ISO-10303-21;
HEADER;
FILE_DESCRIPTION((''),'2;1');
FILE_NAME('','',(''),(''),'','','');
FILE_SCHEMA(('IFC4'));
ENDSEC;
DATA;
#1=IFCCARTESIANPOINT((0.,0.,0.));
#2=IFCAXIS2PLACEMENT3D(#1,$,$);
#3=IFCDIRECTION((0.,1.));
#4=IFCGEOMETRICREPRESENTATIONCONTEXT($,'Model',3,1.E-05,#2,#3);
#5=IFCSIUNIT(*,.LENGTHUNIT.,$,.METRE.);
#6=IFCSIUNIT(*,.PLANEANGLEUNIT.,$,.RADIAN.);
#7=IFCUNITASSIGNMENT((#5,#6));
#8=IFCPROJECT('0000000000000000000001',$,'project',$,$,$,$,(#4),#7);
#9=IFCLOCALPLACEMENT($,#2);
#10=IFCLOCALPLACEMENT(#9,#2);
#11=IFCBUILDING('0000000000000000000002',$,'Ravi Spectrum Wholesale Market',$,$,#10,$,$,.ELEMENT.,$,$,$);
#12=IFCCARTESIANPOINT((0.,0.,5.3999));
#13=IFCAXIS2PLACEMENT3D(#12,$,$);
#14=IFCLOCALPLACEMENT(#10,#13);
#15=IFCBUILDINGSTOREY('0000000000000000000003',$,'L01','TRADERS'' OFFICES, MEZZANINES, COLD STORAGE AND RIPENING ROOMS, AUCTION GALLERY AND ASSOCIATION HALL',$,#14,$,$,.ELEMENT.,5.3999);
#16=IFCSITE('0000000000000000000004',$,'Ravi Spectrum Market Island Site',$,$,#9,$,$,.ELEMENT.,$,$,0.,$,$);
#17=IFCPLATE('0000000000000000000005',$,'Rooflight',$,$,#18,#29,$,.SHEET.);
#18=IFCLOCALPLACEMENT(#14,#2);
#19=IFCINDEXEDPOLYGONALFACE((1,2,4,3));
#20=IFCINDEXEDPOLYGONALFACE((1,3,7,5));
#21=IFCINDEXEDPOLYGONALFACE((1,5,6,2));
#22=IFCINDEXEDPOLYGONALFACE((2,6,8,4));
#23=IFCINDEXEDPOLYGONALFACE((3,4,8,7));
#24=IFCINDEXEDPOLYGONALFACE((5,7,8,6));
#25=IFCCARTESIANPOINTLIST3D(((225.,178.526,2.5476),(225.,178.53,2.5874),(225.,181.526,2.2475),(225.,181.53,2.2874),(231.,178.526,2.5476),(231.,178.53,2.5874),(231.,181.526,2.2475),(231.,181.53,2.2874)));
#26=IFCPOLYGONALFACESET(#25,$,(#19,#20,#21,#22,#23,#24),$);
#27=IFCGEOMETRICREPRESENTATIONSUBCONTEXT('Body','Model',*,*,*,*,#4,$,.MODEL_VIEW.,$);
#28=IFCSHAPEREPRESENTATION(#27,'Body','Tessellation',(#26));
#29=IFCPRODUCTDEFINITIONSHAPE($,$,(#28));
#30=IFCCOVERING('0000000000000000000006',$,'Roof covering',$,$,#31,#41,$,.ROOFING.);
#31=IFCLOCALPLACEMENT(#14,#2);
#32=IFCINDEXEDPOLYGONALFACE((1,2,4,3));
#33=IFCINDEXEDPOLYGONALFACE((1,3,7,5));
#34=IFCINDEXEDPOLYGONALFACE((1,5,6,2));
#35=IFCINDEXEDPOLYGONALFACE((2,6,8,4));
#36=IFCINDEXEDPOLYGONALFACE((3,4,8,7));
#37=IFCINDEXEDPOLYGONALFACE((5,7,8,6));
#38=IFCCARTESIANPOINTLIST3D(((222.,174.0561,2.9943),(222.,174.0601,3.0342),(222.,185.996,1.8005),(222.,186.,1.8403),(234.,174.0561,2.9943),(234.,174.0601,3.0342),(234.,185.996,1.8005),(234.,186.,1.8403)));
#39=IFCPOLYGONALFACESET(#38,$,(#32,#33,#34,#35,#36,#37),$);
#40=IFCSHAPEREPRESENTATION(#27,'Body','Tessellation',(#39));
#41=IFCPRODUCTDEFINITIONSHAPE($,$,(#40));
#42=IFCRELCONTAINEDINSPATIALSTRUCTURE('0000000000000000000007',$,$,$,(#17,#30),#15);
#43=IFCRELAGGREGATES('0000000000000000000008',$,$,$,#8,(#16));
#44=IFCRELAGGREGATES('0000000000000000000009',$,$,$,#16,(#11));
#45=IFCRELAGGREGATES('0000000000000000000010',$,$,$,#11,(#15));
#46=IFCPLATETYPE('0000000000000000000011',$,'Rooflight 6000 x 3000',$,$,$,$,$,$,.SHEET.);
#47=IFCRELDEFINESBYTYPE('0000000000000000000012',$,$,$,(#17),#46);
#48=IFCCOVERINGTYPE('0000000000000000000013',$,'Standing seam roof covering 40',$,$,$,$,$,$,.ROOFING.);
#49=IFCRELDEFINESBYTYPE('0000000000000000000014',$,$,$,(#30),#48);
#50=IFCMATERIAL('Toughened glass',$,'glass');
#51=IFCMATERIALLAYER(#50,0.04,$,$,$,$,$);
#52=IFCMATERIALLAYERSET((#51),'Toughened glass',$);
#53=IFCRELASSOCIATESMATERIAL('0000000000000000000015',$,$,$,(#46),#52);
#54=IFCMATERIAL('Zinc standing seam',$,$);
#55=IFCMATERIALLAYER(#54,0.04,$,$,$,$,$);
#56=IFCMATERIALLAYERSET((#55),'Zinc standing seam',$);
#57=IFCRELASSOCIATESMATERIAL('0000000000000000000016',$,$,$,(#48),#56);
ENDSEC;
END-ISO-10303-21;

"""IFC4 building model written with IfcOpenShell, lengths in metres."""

from ifc_helpers import new_model, si_unit, direction, frame, origin, place, context, subcontext, project, spatial, polyline, outline, extrude, material, layer, layer_set, type_object, element, save


model = new_model("IFC4")

# Units and contexts
model_context = context("Model", 3, precision=1e-05, world=origin(), true_north=direction((0.0, 1.0)))
body_context = subcontext(model_context, "Body", "Model", "MODEL_VIEW")
ifc_project = project(units=[si_unit("LENGTHUNIT", "METRE"), si_unit("PLANEANGLEUNIT", "RADIAN")], contexts=[model_context])

# Site, building, storey
site_placement = place(None, origin())
site = spatial("IfcSite", under=ifc_project, at=site_placement, Name="Ravi Spectrum Market Island Site", CompositionType="ELEMENT", RefElevation=0.0)
building_placement = place(site_placement, origin())
building = spatial("IfcBuilding", under=site, at=building_placement, Name="Ravi Spectrum Wholesale Market", CompositionType="ELEMENT")
storey_placement = place(building_placement, frame((0.0, 0.0, 5.3999)))
storey = spatial("IfcBuildingStorey", under=building, at=storey_placement, Name="L01", Description="TRADERS' OFFICES, MEZZANINES, COLD STORAGE AND RIPENING ROOMS, AUCTION GALLERY AND ASSOCIATION HALL", CompositionType="ELEMENT", Elevation=5.3999)

# Plate
ifc_material_1 = material(Name="Toughened glass", Category="glass")
ifc_layer_1 = layer(ifc_material_1, 0.04)
ifc_layer_set_1 = layer_set([ifc_layer_1], Name="Toughened glass")
plate_type = type_object("IfcPlateType", Name="Rooflight 6000 x 3000", PredefinedType="SHEET", material=ifc_layer_set_1)
plate_placement = place(storey_placement, frame((225.0, 178.53, 2.5874), z_axis=(0.0, 0.09952, 0.995036), x_axis=(1.0, 0.0, 0.0)))
element("IfcPlate", 1, at=plate_placement, inside=storey, type_object=plate_type, Name="Rooflight", PredefinedType="SHEET", context=body_context, shape_type="SweptSolid", body=[
    extrude(outline(polyline([(0.0, 0.0), (6.0, 0.0), (6.0, 3.015), (0.0, 3.015), (0.0, 0.0)])), origin(), (0.0, 0.0, -1.0), 0.04),
])

# Covering
ifc_material_2 = material(Name="Zinc standing seam")
ifc_layer_2 = layer(ifc_material_2, 0.04)
ifc_layer_set_2 = layer_set([ifc_layer_2], Name="Zinc standing seam")
covering_type = type_object("IfcCoveringType", Name="Standing seam roof covering 40", PredefinedType="ROOFING", material=ifc_layer_set_2)
covering_placement = place(storey_placement, frame((234.0, 186.0, 1.8403), z_axis=(0.0, 0.099492, 0.995038), x_axis=(0.0, -0.995038, 0.099492)))
element("IfcCovering", 2, at=covering_placement, inside=storey, type_object=covering_type, Name="Roof covering", PredefinedType="ROOFING", context=body_context, shape_type="SweptSolid", body=[
    extrude(outline(polyline([(0.0, 0.0), (11.9995, 0.0), (11.9995, -12.0), (0.0, -12.0), (0.0, 0.0)])), origin(), (0.0, 0.0, -1.0), 0.04),
])

save(model, "model.ifc")
